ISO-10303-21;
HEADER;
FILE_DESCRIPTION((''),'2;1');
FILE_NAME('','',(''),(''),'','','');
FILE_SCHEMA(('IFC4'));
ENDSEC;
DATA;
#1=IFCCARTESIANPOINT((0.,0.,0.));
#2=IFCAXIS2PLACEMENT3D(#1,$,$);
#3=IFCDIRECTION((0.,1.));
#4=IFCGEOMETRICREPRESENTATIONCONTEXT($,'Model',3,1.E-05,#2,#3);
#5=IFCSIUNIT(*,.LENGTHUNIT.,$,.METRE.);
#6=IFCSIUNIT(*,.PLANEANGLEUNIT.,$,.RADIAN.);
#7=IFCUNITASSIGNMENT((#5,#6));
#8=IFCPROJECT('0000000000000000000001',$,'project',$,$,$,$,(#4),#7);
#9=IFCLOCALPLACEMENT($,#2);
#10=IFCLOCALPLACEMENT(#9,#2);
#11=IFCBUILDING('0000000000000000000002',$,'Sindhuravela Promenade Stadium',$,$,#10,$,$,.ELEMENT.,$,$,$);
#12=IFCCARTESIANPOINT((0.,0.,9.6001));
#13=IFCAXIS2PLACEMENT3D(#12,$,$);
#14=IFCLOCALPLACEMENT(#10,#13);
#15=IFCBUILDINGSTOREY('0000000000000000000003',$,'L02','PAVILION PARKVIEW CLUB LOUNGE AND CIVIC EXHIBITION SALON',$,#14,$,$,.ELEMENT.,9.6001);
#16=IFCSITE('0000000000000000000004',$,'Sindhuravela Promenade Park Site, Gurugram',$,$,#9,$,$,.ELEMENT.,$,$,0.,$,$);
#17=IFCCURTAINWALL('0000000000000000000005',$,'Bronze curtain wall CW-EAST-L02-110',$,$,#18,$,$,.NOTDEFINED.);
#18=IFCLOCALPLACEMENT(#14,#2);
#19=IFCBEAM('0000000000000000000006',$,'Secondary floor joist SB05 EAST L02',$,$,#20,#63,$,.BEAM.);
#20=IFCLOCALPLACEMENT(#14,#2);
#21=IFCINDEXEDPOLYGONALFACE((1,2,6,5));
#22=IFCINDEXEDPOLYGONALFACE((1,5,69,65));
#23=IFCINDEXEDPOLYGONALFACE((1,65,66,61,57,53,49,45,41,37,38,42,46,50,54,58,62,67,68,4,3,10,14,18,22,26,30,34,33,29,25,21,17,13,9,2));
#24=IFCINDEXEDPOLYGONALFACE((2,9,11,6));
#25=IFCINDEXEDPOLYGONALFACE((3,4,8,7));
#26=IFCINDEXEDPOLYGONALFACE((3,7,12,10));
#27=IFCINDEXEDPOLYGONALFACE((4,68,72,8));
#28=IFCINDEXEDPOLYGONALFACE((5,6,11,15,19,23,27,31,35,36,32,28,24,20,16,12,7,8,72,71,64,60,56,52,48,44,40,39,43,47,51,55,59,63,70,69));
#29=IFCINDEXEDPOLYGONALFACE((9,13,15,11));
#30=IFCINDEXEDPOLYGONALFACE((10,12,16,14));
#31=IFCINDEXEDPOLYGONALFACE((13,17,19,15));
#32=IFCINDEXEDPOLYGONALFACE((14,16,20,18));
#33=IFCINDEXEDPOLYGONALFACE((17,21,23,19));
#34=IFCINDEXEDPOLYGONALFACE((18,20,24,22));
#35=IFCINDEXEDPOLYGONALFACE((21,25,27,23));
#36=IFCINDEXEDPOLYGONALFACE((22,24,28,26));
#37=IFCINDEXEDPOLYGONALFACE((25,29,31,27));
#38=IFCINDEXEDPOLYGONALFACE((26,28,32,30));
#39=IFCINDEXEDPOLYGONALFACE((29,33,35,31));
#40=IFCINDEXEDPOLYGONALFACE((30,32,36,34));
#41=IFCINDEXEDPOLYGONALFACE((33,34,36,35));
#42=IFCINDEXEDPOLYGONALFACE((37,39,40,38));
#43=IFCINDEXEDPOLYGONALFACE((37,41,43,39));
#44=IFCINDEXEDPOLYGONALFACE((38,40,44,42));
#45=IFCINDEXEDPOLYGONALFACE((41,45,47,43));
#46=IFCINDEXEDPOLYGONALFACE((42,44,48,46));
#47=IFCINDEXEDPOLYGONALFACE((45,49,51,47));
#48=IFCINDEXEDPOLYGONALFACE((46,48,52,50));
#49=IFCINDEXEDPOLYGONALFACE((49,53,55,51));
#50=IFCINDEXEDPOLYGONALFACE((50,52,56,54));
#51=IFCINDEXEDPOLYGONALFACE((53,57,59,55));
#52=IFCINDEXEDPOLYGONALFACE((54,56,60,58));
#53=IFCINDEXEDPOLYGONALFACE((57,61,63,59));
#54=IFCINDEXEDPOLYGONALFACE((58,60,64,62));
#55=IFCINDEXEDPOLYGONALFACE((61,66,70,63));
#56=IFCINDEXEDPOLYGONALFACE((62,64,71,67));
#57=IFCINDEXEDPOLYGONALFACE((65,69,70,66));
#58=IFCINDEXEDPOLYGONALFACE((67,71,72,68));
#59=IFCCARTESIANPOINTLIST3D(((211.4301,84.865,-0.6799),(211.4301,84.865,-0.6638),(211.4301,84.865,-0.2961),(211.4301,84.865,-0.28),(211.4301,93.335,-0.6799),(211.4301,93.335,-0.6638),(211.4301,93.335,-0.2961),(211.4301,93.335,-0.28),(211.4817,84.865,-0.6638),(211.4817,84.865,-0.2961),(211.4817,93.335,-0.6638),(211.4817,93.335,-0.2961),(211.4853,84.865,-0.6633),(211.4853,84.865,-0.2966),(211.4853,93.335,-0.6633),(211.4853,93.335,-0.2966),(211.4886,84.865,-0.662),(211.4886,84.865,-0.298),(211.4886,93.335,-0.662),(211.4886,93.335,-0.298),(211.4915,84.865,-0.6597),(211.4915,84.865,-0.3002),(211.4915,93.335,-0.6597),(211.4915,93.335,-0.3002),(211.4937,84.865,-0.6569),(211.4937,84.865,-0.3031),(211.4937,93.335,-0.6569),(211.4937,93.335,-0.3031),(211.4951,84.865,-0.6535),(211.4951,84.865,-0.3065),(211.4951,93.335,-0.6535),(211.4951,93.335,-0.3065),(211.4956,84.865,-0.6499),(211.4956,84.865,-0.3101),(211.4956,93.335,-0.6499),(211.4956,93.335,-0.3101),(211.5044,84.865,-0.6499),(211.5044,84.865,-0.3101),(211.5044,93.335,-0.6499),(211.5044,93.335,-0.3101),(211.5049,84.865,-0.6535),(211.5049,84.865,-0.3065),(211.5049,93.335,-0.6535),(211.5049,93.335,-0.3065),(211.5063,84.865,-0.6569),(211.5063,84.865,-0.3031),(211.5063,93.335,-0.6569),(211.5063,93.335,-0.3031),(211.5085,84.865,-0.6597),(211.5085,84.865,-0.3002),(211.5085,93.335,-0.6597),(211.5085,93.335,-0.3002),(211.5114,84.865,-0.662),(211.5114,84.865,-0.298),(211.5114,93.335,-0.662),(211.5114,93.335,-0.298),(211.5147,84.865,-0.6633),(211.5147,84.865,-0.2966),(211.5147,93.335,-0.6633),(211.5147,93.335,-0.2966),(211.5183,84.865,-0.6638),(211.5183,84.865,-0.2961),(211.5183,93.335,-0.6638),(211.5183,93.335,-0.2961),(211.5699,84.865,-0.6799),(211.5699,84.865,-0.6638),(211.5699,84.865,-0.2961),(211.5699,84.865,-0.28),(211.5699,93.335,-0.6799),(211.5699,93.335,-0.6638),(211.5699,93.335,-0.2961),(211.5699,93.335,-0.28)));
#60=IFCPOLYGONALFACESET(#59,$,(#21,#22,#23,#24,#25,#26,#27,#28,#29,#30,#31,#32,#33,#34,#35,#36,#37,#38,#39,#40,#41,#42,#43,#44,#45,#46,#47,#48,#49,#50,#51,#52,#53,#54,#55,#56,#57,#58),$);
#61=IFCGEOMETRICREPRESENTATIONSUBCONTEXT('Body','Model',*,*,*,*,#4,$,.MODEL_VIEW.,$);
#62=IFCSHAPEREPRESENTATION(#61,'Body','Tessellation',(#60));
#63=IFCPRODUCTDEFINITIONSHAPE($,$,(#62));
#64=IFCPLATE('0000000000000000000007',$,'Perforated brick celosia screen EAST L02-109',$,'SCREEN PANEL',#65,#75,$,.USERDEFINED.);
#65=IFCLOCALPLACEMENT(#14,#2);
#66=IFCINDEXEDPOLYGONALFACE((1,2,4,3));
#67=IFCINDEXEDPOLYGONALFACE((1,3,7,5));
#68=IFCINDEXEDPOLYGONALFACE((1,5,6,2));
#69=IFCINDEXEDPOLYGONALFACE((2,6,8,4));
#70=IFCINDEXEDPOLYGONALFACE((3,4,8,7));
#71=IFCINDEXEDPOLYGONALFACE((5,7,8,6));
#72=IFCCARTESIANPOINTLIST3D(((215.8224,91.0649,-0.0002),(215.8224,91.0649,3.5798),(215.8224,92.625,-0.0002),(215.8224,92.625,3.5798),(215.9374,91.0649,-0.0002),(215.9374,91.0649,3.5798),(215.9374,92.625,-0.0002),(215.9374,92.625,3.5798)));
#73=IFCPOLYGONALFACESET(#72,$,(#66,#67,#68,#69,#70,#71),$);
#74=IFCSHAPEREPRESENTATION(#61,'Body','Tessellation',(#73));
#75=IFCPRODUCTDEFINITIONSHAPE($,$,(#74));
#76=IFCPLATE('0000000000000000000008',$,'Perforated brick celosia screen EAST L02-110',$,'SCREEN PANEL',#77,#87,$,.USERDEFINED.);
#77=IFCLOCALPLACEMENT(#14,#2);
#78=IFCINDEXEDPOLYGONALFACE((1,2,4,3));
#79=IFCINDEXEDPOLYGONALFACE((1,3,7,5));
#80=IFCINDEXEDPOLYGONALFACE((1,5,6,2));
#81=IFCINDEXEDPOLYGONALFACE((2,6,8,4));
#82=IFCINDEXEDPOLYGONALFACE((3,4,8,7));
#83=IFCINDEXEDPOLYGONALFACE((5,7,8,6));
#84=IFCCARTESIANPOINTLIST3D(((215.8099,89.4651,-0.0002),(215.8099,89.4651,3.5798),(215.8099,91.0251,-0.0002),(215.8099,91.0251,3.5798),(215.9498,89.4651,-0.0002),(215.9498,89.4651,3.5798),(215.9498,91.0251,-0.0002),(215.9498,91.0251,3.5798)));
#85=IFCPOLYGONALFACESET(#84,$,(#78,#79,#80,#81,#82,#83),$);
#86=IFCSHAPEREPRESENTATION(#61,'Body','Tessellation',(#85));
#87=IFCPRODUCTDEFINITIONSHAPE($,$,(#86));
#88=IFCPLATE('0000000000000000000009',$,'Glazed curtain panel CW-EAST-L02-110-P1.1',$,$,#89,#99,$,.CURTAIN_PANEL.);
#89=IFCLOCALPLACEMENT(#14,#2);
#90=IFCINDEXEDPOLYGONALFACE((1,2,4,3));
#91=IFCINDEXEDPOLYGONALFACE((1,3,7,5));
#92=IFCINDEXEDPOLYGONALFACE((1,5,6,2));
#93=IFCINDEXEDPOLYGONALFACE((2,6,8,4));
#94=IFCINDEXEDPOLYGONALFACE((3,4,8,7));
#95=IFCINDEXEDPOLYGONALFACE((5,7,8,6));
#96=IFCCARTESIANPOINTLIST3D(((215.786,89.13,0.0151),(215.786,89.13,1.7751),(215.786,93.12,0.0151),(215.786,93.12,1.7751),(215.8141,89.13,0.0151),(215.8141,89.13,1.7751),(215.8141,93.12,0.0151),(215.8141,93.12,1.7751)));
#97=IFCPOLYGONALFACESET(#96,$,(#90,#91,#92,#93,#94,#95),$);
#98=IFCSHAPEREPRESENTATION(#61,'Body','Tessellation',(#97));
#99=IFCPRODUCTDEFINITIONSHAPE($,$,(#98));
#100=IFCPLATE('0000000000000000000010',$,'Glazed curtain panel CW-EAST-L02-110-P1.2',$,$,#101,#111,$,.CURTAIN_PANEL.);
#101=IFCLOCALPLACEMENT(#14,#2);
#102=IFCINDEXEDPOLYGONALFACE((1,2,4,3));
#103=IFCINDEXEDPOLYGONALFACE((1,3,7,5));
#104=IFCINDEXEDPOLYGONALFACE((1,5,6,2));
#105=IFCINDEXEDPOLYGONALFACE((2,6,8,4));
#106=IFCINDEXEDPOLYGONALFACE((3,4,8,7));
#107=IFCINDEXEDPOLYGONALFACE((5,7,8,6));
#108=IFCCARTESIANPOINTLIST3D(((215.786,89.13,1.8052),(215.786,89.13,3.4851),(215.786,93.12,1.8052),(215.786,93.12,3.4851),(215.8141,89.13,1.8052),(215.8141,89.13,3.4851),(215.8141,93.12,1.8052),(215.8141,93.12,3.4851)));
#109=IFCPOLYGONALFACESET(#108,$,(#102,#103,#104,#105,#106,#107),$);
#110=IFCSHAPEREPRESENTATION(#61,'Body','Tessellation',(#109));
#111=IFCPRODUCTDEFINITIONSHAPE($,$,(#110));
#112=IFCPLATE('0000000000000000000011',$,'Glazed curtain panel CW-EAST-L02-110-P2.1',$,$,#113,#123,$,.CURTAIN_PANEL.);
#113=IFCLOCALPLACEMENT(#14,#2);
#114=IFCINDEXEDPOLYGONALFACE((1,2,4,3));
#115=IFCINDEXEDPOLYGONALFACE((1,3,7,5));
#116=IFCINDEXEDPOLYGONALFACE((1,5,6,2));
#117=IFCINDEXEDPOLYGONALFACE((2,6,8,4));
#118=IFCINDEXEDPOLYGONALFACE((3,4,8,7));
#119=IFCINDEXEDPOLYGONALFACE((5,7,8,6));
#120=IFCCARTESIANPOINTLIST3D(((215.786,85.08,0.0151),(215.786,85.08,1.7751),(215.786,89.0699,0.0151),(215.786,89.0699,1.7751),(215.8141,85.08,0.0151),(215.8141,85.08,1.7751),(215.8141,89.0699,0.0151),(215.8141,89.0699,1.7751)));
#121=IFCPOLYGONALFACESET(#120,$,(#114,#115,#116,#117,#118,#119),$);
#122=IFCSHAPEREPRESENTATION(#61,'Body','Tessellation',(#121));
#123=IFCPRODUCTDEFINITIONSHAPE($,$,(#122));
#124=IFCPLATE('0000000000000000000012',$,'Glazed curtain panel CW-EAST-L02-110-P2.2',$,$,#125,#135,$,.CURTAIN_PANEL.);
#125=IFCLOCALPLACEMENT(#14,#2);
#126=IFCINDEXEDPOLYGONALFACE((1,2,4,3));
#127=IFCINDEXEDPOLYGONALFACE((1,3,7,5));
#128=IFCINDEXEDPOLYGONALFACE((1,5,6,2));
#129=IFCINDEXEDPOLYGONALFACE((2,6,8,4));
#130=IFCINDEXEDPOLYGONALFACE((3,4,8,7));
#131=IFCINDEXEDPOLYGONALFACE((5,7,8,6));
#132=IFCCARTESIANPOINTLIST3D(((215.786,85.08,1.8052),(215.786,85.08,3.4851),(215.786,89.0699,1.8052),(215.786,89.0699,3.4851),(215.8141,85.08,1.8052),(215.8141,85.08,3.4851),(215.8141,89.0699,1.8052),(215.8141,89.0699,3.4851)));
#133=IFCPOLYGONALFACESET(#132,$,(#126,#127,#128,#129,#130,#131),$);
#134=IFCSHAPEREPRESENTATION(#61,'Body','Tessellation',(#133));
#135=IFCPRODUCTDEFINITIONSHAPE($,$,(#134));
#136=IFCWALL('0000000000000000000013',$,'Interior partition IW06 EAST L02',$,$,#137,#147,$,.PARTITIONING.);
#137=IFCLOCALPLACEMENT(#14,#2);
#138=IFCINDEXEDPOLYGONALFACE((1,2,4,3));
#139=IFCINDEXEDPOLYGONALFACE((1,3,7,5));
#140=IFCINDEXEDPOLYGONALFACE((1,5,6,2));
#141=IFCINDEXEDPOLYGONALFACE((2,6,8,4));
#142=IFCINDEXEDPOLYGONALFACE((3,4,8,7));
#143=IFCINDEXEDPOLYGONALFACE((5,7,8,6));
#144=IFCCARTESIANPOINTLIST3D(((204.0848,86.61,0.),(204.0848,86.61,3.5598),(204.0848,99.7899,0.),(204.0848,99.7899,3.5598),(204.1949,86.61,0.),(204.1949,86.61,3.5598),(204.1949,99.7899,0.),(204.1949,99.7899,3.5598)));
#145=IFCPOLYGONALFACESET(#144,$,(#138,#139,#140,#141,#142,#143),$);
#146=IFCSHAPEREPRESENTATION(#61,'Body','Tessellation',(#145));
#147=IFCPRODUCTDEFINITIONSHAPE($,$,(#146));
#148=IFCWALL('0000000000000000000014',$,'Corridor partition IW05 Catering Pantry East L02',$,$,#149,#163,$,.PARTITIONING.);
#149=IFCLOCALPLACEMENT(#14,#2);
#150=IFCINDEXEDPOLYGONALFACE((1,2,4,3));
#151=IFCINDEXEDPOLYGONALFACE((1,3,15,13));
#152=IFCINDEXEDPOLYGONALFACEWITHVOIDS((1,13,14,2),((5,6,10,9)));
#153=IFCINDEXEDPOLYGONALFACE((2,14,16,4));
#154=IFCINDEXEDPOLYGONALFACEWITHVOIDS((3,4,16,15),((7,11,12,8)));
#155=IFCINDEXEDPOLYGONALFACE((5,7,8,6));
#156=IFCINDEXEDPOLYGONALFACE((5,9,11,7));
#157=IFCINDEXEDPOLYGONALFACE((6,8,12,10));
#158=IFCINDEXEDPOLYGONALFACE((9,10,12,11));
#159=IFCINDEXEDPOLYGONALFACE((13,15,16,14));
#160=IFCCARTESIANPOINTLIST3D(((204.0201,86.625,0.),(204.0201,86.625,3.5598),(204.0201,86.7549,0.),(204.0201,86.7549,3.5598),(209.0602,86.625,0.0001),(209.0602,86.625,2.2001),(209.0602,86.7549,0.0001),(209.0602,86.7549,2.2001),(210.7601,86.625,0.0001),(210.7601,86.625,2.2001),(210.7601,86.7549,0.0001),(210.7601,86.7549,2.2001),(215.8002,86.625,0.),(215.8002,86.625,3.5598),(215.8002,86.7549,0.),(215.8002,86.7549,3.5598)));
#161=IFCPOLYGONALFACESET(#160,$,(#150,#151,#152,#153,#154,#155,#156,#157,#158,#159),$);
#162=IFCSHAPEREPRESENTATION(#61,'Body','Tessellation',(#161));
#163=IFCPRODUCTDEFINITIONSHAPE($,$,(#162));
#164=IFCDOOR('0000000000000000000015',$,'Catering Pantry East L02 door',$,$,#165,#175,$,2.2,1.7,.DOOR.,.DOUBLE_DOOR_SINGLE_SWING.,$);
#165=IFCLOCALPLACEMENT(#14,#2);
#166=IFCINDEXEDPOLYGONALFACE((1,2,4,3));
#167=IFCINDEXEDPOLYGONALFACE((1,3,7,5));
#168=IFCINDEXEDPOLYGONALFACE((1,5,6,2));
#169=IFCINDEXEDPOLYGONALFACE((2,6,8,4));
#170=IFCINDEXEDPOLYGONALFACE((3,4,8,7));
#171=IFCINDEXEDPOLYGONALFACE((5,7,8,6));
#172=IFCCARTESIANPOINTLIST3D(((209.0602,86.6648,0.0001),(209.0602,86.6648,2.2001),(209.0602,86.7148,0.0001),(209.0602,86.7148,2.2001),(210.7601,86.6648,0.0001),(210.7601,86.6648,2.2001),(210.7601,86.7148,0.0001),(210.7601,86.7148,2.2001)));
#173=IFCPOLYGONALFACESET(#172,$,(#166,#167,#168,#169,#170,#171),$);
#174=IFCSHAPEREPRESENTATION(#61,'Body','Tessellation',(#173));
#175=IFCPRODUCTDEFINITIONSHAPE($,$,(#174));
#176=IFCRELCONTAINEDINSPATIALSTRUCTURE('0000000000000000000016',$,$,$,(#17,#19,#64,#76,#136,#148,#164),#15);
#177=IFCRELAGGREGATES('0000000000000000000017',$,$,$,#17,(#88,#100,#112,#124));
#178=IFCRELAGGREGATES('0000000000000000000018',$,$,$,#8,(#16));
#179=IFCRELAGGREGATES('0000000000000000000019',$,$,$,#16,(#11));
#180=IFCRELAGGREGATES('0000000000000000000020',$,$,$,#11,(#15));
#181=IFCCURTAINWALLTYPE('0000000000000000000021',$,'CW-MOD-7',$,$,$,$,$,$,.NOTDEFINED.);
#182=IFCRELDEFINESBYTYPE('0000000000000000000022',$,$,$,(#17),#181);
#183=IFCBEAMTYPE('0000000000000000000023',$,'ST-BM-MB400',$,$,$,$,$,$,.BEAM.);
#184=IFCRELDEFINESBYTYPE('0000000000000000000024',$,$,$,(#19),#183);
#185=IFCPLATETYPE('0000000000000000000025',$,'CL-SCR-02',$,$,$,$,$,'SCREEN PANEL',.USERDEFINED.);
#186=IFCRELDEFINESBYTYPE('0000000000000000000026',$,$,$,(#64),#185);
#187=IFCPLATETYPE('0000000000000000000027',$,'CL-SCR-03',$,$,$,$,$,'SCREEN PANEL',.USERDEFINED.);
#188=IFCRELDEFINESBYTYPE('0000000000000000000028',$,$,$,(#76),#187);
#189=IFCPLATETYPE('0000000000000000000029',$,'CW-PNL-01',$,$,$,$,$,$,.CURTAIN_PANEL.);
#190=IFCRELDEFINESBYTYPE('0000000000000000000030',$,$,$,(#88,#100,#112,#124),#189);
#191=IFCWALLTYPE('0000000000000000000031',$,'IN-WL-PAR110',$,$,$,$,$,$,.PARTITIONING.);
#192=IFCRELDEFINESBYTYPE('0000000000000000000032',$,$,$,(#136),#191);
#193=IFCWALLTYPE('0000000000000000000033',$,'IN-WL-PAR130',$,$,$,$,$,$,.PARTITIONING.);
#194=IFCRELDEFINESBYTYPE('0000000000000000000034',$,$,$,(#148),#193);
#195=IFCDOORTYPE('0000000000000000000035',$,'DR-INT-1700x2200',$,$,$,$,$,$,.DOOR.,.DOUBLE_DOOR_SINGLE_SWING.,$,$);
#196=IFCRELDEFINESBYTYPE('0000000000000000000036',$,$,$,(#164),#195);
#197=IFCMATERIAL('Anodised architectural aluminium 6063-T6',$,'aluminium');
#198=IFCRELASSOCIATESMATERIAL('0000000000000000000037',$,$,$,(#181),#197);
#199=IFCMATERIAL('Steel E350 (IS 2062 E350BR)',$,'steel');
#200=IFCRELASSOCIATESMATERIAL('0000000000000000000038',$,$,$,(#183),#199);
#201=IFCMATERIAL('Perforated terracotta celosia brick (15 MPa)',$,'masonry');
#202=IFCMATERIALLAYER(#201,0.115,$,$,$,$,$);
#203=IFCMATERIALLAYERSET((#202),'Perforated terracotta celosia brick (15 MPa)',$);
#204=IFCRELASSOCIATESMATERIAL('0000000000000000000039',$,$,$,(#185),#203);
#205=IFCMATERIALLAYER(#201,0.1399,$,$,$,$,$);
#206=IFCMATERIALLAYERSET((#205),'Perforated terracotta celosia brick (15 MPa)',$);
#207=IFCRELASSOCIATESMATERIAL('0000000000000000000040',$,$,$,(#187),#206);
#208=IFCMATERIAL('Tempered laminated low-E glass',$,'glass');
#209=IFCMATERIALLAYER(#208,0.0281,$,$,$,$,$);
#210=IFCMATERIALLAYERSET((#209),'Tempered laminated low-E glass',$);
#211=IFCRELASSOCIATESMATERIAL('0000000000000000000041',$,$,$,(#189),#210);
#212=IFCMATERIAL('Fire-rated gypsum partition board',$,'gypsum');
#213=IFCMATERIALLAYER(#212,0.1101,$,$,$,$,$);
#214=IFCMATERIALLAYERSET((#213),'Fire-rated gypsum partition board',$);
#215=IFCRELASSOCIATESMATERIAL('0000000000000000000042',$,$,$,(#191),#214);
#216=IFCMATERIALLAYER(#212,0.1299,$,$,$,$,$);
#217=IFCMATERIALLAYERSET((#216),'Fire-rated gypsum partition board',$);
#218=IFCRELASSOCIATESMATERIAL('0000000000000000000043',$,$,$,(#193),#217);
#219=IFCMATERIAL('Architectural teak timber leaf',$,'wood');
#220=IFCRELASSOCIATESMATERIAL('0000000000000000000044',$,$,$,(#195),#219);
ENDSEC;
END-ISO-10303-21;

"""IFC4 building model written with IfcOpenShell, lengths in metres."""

from ifc_helpers import new_model, si_unit, direction, frame, frame_2d, origin, origin_2d, place, context, subcontext, project, spatial, rectangle, i_section, extrude, material, layer, layer_set, material_profile, profile_set, type_object, element, fill, aggregate, save


model = new_model("IFC4")

# Units and contexts
model_context = context("Model", 3, precision=1e-05, world=origin(), true_north=direction((0.0, 1.0)))
body_context = subcontext(model_context, "Body", "Model", "MODEL_VIEW")
ifc_project = project(units=[si_unit("LENGTHUNIT", "METRE"), si_unit("PLANEANGLEUNIT", "RADIAN")], contexts=[model_context])

# Site, building, storey
site_placement = place(None, origin())
site = spatial("IfcSite", under=ifc_project, at=site_placement, Name="Sindhuravela Promenade Park Site, Gurugram", CompositionType="ELEMENT", RefElevation=0.0)
building_placement = place(site_placement, origin())
building = spatial("IfcBuilding", under=site, at=building_placement, Name="Sindhuravela Promenade Stadium", CompositionType="ELEMENT")
storey_placement = place(building_placement, frame((0.0, 0.0, 9.6001)))
storey = spatial("IfcBuildingStorey", under=building, at=storey_placement, Name="L02", Description="PAVILION PARKVIEW CLUB LOUNGE AND CIVIC EXHIBITION SALON", CompositionType="ELEMENT", Elevation=9.6001)

# Curtain wall
ifc_material_1 = material(Name="Anodised architectural aluminium 6063-T6", Category="aluminium")
curtain_wall_type = type_object("IfcCurtainWallType", Name="CW-MOD-7", PredefinedType="NOTDEFINED", material=ifc_material_1)
curtain_wall_placement = place(storey_placement, origin())
curtain_wall = element("IfcCurtainWall", 1, at=curtain_wall_placement, inside=storey, type_object=curtain_wall_type, Name="Bronze curtain wall CW-EAST-L02-110", PredefinedType="NOTDEFINED")

# Beam
ifc_material_2 = material(Name="Steel E350 (IS 2062 E350BR)", Category="steel")
ifc_material_profile_1 = material_profile(ifc_material_2, i_section(OverallWidth=0.1399, OverallDepth=0.3999, WebThickness=0.0088, FlangeThickness=0.0161, FilletRadius=0.0139, at=origin_2d()), Name="ISMB 400")
ifc_profile_set_1 = profile_set([ifc_material_profile_1], Name="Steel E350 (IS 2062 E350BR)")
beam_type_1 = type_object("IfcBeamType", Name="ST-BM-MB400", PredefinedType="BEAM", material=ifc_profile_set_1)
beam_1_placement = place(storey_placement, frame((211.5, 84.865, -0.48), z_axis=(0.0, 1.0, 0.0), x_axis=(-1.0, 0.0, 0.0)))
element("IfcBeam", 2, at=beam_1_placement, inside=storey, type_object=beam_type_1, Name="Secondary floor joist SB05 EAST L02", PredefinedType="BEAM", context=body_context, shape_type="SweptSolid", body=[
    extrude(i_section(OverallWidth=0.1399, OverallDepth=0.3999, WebThickness=0.0088, FlangeThickness=0.0161, FilletRadius=0.0139, at=origin_2d()), origin(), (0.0, 0.0, 1.0), 8.47),
])

# Plates
ifc_material_3 = material(Name="Perforated terracotta celosia brick (15 MPa)", Category="masonry")
ifc_layer_1 = layer(ifc_material_3, 0.115)
ifc_layer_set_1 = layer_set([ifc_layer_1], Name="Perforated terracotta celosia brick (15 MPa)")
plate_type_1 = type_object("IfcPlateType", Name="CL-SCR-02", ElementType="SCREEN PANEL", PredefinedType="USERDEFINED", material=ifc_layer_set_1)
plate_1_placement = place(storey_placement, frame((215.8799, 91.845, -0.0002), z_axis=(0.0, 0.0, 1.0), x_axis=(0.0, -1.0, 0.0)))
element("IfcPlate", 3, at=plate_1_placement, inside=storey, type_object=plate_type_1, Name="Perforated brick celosia screen EAST L02-109", ObjectType="SCREEN PANEL", PredefinedType="USERDEFINED", context=body_context, shape_type="SweptSolid", body=[
    extrude(rectangle(XDim=1.5601, YDim=0.115, at=origin_2d()), origin(), (0.0, 0.0, 1.0), 3.5801),
])
ifc_layer_2 = layer(ifc_material_3, 0.1399)
ifc_layer_set_2 = layer_set([ifc_layer_2], Name="Perforated terracotta celosia brick (15 MPa)")
plate_type_2 = type_object("IfcPlateType", Name="CL-SCR-03", ElementType="SCREEN PANEL", PredefinedType="USERDEFINED", material=ifc_layer_set_2)
plate_2_placement = place(storey_placement, frame((215.8799, 90.2451, -0.0002), z_axis=(0.0, 0.0, 1.0), x_axis=(0.0, -1.0, 0.0)))
element("IfcPlate", 4, at=plate_2_placement, inside=storey, type_object=plate_type_2, Name="Perforated brick celosia screen EAST L02-110", ObjectType="SCREEN PANEL", PredefinedType="USERDEFINED", context=body_context, shape_type="SweptSolid", body=[
    extrude(rectangle(XDim=1.5601, YDim=0.1399, at=origin_2d()), origin(), (0.0, 0.0, 1.0), 3.5801),
])

# Plates
ifc_material_4 = material(Name="Tempered laminated low-E glass", Category="glass")
ifc_layer_3 = layer(ifc_material_4, 0.0281)
ifc_layer_set_3 = layer_set([ifc_layer_3], Name="Tempered laminated low-E glass")
plate_type_3 = type_object("IfcPlateType", Name="CW-PNL-01", PredefinedType="CURTAIN_PANEL", material=ifc_layer_set_3)
plate_3_placement = place(storey_placement, frame((215.8, 91.125, 0.0151), z_axis=(0.0, 0.0, 1.0), x_axis=(0.0, -1.0, 0.0)))
plate_3 = element("IfcPlate", 5, at=plate_3_placement, type_object=plate_type_3, Name="Glazed curtain panel CW-EAST-L02-110-P1.1", PredefinedType="CURTAIN_PANEL", context=body_context, shape_type="SweptSolid", body=[
    extrude(rectangle(XDim=3.99, YDim=0.0281, at=origin_2d()), origin(), (0.0, 0.0, 1.0), 1.76),
])
plate_4_placement = place(storey_placement, frame((215.8, 91.125, 1.8052), z_axis=(0.0, 0.0, 1.0), x_axis=(0.0, -1.0, 0.0)))
plate_4 = element("IfcPlate", 6, at=plate_4_placement, type_object=plate_type_3, Name="Glazed curtain panel CW-EAST-L02-110-P1.2", PredefinedType="CURTAIN_PANEL", context=body_context, shape_type="SweptSolid", body=[
    extrude(rectangle(XDim=3.99, YDim=0.0281, at=origin_2d()), origin(), (0.0, 0.0, 1.0), 1.6799),
])
plate_5_placement = place(storey_placement, frame((215.8, 87.075, 0.0151), z_axis=(0.0, 0.0, 1.0), x_axis=(0.0, -1.0, 0.0)))
plate_5 = element("IfcPlate", 7, at=plate_5_placement, type_object=plate_type_3, Name="Glazed curtain panel CW-EAST-L02-110-P2.1", PredefinedType="CURTAIN_PANEL", context=body_context, shape_type="SweptSolid", body=[
    extrude(rectangle(XDim=3.99, YDim=0.0281, at=origin_2d()), origin(), (0.0, 0.0, 1.0), 1.76),
])
plate_6_placement = place(storey_placement, frame((215.8, 87.075, 1.8052), z_axis=(0.0, 0.0, 1.0), x_axis=(0.0, -1.0, 0.0)))
plate_6 = element("IfcPlate", 8, at=plate_6_placement, type_object=plate_type_3, Name="Glazed curtain panel CW-EAST-L02-110-P2.2", PredefinedType="CURTAIN_PANEL", context=body_context, shape_type="SweptSolid", body=[
    extrude(rectangle(XDim=3.99, YDim=0.0281, at=origin_2d()), origin(), (0.0, 0.0, 1.0), 1.6799),
])
aggregate(curtain_wall, [plate_3, plate_4, plate_5, plate_6])

# Wall
ifc_material_5 = material(Name="Fire-rated gypsum partition board", Category="gypsum")
ifc_layer_4 = layer(ifc_material_5, 0.1101)
ifc_layer_set_4 = layer_set([ifc_layer_4], Name="Fire-rated gypsum partition board")
wall_type_1 = type_object("IfcWallType", Name="IN-WL-PAR110", PredefinedType="PARTITIONING", material=ifc_layer_set_4)
wall_1_placement = place(storey_placement, frame((204.1399, 86.6101, 0.0), z_axis=(0.0, 0.0, 1.0), x_axis=(0.0, 1.0, 0.0)))
element("IfcWall", 9, at=wall_1_placement, inside=storey, type_object=wall_type_1, Name="Interior partition IW06 EAST L02", PredefinedType="PARTITIONING", context=body_context, shape_type="SweptSolid", body=[
    extrude(rectangle(XDim=13.1799, YDim=0.1101, at=frame_2d((6.5898, 0.0))), origin(), (0.0, 0.0, 1.0), 3.5598),
])

# Wall, opening, door
ifc_layer_5 = layer(ifc_material_5, 0.1299)
ifc_layer_set_5 = layer_set([ifc_layer_5], Name="Fire-rated gypsum partition board")
wall_type_2 = type_object("IfcWallType", Name="IN-WL-PAR130", PredefinedType="PARTITIONING", material=ifc_layer_set_5)
wall_2_placement = place(storey_placement, frame((204.02, 86.6899, 0.0), z_axis=(0.0, 0.0, 1.0), x_axis=(1.0, 0.0, 0.0)))
wall_2 = element("IfcWall", 10, at=wall_2_placement, inside=storey, type_object=wall_type_2, Name="Corridor partition IW05 Catering Pantry East L02", PredefinedType="PARTITIONING", context=body_context, shape_type="SweptSolid", body=[
    extrude(rectangle(XDim=11.78, YDim=0.1299, at=frame_2d((5.8901, 0.0))), origin(), (0.0, 0.0, 1.0), 3.5598),
])
opening_placement = place(wall_2_placement, frame((5.04, 0.0, 0.0)))
opening = element("IfcOpeningElement", 11, at=opening_placement, cuts=wall_2, PredefinedType="OPENING", context=body_context, shape_type="SweptSolid", body=[
    extrude(rectangle(XDim=1.7, YDim=2.2, at=frame_2d((0.8501, 1.1001))), frame((0.0, 0.075, 0.0), z_axis=(0.0, -1.0, 0.0), x_axis=(1.0, 0.0, 0.0)), (0.0, 0.0, 1.0), 0.1499),
])
ifc_material_6 = material(Name="Architectural teak timber leaf", Category="wood")
door_type = type_object("IfcDoorType", Name="DR-INT-1700x2200", OperationType="DOUBLE_DOOR_SINGLE_SWING", PredefinedType="DOOR", material=ifc_material_6)
door_placement = place(opening_placement, origin())
door = element("IfcDoor", 12, at=door_placement, inside=storey, type_object=door_type, Name="Catering Pantry East L02 door", OperationType="DOUBLE_DOOR_SINGLE_SWING", OverallHeight=2.2, OverallWidth=1.7, PredefinedType="DOOR", context=body_context, shape_type="SweptSolid", body=[
    extrude(rectangle(XDim=1.7, YDim=2.2, at=frame_2d((0.8501, 1.1001))), frame((0.0, 0.0249, 0.0), z_axis=(0.0, -1.0, 0.0), x_axis=(1.0, 0.0, 0.0)), (0.0, 0.0, 1.0), 0.05),
])
fill(opening, door)

save(model, "model.ifc")
